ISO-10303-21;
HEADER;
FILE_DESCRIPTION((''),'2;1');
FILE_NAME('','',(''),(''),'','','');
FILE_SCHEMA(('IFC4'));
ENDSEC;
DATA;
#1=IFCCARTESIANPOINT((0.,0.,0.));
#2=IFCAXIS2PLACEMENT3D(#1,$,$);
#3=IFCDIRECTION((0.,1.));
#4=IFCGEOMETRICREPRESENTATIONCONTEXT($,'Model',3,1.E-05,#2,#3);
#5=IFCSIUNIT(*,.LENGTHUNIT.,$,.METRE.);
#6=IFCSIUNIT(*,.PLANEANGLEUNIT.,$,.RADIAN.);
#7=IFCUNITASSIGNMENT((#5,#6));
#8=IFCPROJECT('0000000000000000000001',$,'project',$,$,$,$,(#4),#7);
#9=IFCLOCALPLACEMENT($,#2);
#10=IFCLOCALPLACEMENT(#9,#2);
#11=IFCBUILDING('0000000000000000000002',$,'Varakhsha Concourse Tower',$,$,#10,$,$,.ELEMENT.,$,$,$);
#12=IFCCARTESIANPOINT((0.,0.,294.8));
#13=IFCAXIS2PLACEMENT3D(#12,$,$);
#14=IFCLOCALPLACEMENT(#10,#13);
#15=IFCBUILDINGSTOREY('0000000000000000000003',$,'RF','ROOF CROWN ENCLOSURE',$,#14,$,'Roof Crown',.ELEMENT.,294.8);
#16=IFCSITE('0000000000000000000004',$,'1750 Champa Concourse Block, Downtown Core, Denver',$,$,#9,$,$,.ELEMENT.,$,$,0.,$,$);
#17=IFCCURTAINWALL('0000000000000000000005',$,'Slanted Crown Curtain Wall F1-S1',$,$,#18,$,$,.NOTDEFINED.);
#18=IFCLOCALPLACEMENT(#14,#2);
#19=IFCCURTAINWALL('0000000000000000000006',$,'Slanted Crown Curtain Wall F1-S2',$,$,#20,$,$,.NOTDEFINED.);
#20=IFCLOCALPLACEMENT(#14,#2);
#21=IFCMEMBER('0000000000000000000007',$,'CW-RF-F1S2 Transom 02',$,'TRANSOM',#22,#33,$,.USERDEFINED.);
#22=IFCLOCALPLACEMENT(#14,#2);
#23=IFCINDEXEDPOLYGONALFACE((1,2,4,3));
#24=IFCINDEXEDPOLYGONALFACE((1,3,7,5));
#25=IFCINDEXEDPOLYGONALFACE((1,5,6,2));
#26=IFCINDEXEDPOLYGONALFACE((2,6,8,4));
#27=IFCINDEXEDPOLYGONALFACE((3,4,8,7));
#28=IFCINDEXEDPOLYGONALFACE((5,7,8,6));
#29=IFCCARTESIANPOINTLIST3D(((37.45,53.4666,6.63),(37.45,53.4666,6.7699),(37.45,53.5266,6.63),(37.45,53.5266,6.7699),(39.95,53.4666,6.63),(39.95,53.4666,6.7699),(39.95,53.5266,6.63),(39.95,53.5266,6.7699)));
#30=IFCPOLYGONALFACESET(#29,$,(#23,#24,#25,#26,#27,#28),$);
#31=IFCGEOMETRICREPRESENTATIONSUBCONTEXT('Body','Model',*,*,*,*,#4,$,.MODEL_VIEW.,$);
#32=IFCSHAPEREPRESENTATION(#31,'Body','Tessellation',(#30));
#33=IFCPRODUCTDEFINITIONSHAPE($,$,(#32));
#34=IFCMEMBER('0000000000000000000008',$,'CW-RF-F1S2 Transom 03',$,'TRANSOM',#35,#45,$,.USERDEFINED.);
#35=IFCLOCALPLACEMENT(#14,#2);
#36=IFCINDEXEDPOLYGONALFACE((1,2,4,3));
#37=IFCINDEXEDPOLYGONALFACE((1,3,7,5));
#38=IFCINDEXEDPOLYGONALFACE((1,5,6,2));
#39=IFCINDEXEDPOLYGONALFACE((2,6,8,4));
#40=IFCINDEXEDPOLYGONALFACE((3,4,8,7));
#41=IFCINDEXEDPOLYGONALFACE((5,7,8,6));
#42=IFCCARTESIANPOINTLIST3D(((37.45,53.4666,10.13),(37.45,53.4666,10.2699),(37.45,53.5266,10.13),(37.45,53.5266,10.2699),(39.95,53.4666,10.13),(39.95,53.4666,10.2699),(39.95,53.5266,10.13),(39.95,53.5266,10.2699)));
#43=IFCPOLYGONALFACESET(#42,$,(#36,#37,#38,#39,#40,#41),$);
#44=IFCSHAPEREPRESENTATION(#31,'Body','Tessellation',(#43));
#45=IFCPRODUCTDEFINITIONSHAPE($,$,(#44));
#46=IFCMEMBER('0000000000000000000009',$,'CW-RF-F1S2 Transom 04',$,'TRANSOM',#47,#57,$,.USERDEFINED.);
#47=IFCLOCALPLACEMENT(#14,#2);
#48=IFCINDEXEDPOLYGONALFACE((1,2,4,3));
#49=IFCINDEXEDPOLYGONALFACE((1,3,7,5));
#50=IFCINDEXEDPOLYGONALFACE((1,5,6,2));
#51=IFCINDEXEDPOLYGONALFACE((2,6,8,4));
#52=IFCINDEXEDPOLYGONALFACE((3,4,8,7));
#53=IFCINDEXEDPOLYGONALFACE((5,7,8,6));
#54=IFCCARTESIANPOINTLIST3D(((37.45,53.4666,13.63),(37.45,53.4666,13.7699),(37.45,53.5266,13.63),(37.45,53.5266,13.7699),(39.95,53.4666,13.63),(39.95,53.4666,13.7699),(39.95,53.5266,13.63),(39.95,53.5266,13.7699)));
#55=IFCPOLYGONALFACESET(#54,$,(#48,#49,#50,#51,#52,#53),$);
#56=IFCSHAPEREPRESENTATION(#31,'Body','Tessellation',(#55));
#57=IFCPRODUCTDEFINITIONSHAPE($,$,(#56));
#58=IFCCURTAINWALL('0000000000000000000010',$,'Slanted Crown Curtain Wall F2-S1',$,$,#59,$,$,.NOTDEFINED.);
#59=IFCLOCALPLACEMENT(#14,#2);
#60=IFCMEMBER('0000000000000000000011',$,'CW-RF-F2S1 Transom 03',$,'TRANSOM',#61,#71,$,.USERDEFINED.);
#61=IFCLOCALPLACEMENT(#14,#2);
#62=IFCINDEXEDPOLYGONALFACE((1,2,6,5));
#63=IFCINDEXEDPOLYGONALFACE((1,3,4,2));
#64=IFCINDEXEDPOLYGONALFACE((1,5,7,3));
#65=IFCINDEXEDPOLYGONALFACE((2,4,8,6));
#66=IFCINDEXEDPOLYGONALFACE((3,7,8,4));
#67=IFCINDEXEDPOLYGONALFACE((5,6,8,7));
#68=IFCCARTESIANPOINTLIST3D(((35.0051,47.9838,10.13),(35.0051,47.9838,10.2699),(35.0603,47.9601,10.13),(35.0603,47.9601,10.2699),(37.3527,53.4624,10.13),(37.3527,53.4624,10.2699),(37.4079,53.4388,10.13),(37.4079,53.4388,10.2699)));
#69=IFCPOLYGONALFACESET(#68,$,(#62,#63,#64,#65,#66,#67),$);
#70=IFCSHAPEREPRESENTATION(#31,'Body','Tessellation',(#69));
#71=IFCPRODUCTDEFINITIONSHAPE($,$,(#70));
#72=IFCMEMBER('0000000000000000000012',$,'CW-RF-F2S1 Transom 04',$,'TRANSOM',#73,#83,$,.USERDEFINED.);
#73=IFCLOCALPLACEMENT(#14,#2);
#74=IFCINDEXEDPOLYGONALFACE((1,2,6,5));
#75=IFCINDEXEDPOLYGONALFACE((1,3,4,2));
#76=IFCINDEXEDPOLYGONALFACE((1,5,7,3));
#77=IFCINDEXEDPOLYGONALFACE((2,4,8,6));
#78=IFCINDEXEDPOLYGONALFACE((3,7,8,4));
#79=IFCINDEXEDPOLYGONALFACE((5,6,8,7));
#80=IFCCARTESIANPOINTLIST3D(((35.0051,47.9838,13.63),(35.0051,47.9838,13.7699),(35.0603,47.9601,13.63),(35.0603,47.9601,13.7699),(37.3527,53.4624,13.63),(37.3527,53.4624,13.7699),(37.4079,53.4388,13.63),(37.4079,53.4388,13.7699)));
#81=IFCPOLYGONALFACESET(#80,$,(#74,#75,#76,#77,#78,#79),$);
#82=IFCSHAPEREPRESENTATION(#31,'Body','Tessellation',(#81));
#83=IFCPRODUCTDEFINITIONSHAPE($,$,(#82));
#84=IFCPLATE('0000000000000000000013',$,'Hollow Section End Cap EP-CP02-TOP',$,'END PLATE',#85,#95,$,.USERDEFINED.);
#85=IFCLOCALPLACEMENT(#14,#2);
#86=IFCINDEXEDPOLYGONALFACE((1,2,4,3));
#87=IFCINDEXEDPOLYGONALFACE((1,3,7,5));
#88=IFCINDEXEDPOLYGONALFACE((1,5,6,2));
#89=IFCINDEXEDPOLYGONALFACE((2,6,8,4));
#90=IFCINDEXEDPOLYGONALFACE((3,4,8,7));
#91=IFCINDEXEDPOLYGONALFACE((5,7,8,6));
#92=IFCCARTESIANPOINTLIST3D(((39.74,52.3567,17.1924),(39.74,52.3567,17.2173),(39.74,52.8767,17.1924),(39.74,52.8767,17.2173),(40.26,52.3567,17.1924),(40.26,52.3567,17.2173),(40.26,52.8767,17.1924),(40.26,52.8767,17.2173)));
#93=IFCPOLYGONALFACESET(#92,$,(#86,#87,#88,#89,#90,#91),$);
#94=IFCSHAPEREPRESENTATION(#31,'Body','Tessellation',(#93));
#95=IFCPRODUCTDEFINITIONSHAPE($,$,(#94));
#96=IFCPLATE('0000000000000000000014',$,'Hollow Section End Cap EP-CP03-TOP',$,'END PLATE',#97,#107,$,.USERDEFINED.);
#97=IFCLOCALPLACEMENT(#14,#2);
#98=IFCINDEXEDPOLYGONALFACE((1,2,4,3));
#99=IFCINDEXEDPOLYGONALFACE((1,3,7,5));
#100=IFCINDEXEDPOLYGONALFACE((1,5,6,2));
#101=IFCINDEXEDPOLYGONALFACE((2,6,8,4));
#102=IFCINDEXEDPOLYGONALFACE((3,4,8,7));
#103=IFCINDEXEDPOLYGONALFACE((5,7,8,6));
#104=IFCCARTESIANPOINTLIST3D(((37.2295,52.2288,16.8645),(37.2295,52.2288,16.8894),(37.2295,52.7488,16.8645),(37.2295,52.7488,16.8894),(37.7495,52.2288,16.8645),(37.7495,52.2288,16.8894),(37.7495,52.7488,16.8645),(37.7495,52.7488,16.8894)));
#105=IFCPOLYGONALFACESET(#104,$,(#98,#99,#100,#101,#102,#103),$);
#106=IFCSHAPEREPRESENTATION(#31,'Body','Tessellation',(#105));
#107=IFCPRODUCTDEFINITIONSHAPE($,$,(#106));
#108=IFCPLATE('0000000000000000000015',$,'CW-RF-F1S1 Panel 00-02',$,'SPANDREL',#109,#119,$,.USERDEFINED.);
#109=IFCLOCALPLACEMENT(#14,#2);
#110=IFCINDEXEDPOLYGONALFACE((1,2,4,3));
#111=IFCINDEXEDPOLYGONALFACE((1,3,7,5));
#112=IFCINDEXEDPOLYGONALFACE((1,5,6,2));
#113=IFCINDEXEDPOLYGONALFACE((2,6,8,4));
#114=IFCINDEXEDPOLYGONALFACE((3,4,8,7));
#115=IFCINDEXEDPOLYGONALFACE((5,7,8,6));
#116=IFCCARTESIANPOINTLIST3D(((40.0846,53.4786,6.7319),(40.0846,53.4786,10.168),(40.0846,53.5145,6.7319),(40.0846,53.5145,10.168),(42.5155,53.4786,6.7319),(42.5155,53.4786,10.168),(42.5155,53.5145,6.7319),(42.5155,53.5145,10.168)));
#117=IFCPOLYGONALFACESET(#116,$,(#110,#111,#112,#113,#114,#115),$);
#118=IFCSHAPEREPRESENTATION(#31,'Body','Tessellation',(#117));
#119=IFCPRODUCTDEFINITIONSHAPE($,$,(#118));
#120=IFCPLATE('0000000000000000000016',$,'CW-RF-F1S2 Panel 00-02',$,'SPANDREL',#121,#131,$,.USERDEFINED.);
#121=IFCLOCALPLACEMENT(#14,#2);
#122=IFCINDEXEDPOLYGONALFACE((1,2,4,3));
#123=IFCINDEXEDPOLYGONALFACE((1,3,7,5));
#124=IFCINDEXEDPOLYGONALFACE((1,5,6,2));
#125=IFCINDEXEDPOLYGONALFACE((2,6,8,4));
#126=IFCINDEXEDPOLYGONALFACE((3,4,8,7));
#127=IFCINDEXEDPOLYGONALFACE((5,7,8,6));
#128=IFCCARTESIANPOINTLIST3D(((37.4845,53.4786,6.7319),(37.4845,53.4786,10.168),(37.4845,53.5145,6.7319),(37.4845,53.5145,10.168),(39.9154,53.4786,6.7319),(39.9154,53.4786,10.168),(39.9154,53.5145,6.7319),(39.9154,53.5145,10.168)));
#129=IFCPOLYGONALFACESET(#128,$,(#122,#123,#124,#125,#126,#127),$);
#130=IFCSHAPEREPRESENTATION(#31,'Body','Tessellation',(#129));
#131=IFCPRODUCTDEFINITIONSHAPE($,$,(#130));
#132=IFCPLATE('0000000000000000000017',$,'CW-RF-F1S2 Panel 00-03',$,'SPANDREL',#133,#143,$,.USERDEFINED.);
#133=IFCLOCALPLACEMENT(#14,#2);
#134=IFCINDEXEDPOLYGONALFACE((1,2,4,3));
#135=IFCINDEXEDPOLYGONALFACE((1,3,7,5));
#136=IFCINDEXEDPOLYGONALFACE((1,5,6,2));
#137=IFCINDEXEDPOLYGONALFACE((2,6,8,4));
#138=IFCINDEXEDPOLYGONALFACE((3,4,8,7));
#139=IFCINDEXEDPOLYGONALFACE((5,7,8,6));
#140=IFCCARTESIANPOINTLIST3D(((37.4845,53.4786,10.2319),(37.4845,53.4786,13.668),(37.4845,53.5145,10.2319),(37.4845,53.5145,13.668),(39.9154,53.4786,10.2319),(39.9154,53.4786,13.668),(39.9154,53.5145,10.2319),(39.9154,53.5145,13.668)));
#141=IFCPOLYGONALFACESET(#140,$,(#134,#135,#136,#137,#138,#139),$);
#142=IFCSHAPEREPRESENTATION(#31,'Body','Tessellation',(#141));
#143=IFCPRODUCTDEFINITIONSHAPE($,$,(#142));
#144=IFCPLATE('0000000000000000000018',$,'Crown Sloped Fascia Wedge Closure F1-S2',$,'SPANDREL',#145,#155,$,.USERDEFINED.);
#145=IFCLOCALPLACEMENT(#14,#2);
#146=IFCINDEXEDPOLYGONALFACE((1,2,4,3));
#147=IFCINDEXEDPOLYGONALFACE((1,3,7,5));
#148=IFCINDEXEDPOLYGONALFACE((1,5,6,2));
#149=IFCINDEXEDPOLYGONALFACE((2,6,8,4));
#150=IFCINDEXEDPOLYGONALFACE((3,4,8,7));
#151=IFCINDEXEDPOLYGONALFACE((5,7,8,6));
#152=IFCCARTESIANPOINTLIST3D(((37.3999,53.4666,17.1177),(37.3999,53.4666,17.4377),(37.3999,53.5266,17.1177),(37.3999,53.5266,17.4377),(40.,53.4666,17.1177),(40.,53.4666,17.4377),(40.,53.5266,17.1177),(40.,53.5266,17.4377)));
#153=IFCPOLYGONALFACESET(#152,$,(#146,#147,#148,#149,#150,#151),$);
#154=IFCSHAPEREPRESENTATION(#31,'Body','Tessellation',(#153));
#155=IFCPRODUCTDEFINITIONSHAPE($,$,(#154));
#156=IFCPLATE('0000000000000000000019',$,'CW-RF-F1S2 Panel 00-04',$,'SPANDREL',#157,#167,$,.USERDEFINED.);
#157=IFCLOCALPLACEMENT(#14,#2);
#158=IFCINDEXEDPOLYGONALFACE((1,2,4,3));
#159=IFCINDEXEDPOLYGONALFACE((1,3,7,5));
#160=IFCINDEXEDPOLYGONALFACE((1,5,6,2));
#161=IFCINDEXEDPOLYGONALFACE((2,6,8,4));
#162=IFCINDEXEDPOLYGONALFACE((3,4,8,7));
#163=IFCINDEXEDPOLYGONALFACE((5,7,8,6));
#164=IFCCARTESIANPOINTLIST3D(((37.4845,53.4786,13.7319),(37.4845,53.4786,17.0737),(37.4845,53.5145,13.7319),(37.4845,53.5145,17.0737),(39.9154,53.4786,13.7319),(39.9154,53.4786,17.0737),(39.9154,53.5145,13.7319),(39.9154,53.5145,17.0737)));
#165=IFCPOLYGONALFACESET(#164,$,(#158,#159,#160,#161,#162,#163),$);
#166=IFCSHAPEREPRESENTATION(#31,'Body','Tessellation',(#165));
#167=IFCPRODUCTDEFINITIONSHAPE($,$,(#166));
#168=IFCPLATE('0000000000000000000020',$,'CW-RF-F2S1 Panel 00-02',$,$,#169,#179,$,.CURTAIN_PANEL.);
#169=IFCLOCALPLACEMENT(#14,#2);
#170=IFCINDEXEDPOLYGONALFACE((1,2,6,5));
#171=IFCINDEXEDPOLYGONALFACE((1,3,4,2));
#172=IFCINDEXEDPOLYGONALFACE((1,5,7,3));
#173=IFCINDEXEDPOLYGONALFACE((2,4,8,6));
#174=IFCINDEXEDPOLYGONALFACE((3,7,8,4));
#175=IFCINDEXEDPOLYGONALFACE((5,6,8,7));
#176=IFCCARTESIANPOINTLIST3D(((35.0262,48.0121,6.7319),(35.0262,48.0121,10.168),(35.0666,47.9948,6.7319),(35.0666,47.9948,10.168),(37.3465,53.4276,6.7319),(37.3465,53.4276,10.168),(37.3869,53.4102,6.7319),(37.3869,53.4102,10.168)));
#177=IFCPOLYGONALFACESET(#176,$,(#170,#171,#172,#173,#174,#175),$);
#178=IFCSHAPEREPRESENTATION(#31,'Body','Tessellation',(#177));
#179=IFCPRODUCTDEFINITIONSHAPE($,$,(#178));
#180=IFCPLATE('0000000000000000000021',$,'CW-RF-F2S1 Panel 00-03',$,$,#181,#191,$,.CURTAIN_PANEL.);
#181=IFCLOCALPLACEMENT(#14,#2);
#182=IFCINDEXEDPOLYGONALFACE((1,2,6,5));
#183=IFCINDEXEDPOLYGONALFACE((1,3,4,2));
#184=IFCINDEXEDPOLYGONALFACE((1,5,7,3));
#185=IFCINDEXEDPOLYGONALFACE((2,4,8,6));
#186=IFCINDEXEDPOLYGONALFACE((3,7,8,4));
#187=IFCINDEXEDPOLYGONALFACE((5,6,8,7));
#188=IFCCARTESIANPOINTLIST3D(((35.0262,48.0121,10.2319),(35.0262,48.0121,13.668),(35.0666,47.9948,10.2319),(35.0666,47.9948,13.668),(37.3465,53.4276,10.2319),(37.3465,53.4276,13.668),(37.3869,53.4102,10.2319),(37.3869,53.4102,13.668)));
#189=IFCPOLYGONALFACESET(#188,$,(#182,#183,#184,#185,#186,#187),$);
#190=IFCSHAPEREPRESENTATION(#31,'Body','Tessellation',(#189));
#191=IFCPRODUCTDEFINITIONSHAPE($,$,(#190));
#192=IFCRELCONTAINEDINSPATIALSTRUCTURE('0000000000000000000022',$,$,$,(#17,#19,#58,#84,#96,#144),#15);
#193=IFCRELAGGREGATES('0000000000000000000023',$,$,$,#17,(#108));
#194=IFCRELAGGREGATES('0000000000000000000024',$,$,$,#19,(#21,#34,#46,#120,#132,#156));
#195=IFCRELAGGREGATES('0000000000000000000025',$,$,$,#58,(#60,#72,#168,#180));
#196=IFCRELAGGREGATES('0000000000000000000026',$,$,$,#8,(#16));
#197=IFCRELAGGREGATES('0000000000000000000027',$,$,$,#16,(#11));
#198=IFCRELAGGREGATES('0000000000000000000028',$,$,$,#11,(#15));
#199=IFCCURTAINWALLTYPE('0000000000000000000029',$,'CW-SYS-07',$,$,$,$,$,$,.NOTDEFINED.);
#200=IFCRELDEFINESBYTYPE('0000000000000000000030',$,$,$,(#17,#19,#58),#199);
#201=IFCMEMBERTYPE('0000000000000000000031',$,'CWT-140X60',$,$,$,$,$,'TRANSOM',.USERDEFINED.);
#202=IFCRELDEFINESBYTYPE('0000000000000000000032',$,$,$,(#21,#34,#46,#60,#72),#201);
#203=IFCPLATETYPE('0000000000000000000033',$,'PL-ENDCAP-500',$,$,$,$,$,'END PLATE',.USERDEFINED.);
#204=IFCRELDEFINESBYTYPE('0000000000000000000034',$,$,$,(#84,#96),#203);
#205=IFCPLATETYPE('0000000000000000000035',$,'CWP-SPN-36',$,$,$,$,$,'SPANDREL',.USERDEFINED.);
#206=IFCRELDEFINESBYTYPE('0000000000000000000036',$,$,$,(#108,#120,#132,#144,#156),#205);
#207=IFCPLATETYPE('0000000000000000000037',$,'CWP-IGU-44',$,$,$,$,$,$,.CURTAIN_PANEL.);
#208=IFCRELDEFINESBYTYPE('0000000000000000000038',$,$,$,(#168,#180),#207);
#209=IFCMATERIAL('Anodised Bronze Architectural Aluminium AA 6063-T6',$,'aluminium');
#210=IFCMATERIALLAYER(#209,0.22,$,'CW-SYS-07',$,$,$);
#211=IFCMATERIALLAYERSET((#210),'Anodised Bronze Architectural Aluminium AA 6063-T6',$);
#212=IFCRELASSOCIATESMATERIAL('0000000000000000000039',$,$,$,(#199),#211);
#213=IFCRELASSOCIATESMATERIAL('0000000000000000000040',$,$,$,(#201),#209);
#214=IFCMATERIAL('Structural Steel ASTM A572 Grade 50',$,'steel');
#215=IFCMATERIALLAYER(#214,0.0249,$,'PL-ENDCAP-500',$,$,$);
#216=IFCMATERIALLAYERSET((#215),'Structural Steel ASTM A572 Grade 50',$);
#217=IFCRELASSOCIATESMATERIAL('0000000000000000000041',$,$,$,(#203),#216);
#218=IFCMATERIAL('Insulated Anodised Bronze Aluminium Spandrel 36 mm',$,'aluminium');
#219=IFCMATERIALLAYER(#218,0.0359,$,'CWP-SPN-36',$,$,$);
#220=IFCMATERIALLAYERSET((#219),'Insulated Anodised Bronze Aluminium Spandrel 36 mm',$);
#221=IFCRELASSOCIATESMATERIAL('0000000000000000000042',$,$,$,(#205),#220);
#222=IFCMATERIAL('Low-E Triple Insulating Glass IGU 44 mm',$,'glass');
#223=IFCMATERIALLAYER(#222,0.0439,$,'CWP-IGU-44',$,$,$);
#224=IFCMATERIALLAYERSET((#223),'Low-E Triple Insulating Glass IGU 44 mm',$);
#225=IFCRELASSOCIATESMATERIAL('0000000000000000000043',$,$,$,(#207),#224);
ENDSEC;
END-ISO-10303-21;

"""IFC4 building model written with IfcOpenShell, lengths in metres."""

from ifc_helpers import new_model, si_unit, direction, frame, origin, origin_2d, place, context, subcontext, project, spatial, rectangle, extrude, source, transform, mapped, material, layer, layer_set, material_profile, profile_set, type_object, type_shapes, element, aggregate, save


model = new_model("IFC4")

# Units and contexts
model_context = context("Model", 3, precision=1e-05, world=origin(), true_north=direction((0.0, 1.0)))
body_context = subcontext(model_context, "Body", "Model", "MODEL_VIEW")
ifc_project = project(units=[si_unit("LENGTHUNIT", "METRE"), si_unit("PLANEANGLEUNIT", "RADIAN")], contexts=[model_context])

# Site, building, storey
site_placement = place(None, origin())
site = spatial("IfcSite", under=ifc_project, at=site_placement, Name="1750 Champa Concourse Block, Downtown Core, Denver", CompositionType="ELEMENT", RefElevation=0.0)
building_placement = place(site_placement, origin())
building = spatial("IfcBuilding", under=site, at=building_placement, Name="Varakhsha Concourse Tower", CompositionType="ELEMENT")
storey_placement = place(building_placement, frame((0.0, 0.0, 294.8)))
storey = spatial("IfcBuildingStorey", under=building, at=storey_placement, Name="RF", Description="ROOF CROWN ENCLOSURE", LongName="Roof Crown", CompositionType="ELEMENT", Elevation=294.8)

# Curtain walls, members
ifc_material_1 = material(Name="Anodised Bronze Architectural Aluminium AA 6063-T6", Category="aluminium")
ifc_layer_1 = layer(ifc_material_1, 0.22, Name="CW-SYS-07")
ifc_layer_set_1 = layer_set([ifc_layer_1], Name="Anodised Bronze Architectural Aluminium AA 6063-T6")
curtain_wall_type = type_object("IfcCurtainWallType", Name="CW-SYS-07", PredefinedType="NOTDEFINED", material=ifc_layer_set_1)
curtain_wall_1_placement = place(storey_placement, origin())
curtain_wall_1 = element("IfcCurtainWall", 1, at=curtain_wall_1_placement, inside=storey, type_object=curtain_wall_type, Name="Slanted Crown Curtain Wall F1-S1", PredefinedType="NOTDEFINED")
ifc_material_profile_1 = material_profile(ifc_material_1, rectangle(XDim=0.0601, YDim=0.1399, at=origin_2d()), Name="CWT-140X60")
ifc_profile_set_1 = profile_set([ifc_material_profile_1], Name="Anodised Bronze Architectural Aluminium AA 6063-T6")
member_type_1 = type_object("IfcMemberType", Name="CWT-140X60", ElementType="TRANSOM", PredefinedType="USERDEFINED", material=ifc_profile_set_1)
shared_shape_1 = source(origin(), body_context, "Body", "SweptSolid", [
    extrude(rectangle(XDim=0.0601, YDim=0.1399, at=origin_2d()), origin(), (0.0, 0.0, 1.0), 2.5),
])
curtain_wall_2_placement = place(storey_placement, origin())
curtain_wall_2 = element("IfcCurtainWall", 2, at=curtain_wall_2_placement, inside=storey, type_object=curtain_wall_type, Name="Slanted Crown Curtain Wall F1-S2", PredefinedType="NOTDEFINED")
member_1_placement = place(storey_placement, frame((37.45, 53.4966, 6.7), z_axis=(1.0, 0.0, 0.0), x_axis=(0.0, 1.0, 0.0)))
member_1 = element("IfcMember", 3, at=member_1_placement, type_object=member_type_1, Name="CW-RF-F1S2 Transom 02", ObjectType="TRANSOM", PredefinedType="USERDEFINED", context=body_context, shape_type="MappedRepresentation", body=[
    mapped(shared_shape_1, transform((0.0, 0.0, 0.0), scale=1.0)),
])
member_2_placement = place(storey_placement, frame((37.45, 53.4966, 10.2), z_axis=(1.0, 0.0, 0.0), x_axis=(0.0, 1.0, 0.0)))
member_2 = element("IfcMember", 4, at=member_2_placement, type_object=member_type_1, Name="CW-RF-F1S2 Transom 03", ObjectType="TRANSOM", PredefinedType="USERDEFINED", context=body_context, shape_type="MappedRepresentation", body=[
    mapped(shared_shape_1, transform((0.0, 0.0, 0.0), scale=1.0)),
])
member_3_placement = place(storey_placement, frame((37.45, 53.4966, 13.7), z_axis=(1.0, 0.0, 0.0), x_axis=(0.0, 1.0, 0.0)))
member_3 = element("IfcMember", 5, at=member_3_placement, type_object=member_type_1, Name="CW-RF-F1S2 Transom 04", ObjectType="TRANSOM", PredefinedType="USERDEFINED", context=body_context, shape_type="MappedRepresentation", body=[
    mapped(shared_shape_1, transform((0.0, 0.0, 0.0), scale=1.0)),
])
curtain_wall_3_placement = place(storey_placement, origin())
curtain_wall_3 = element("IfcCurtainWall", 6, at=curtain_wall_3_placement, inside=storey, type_object=curtain_wall_type, Name="Slanted Crown Curtain Wall F2-S1", PredefinedType="NOTDEFINED")
shared_shape_2 = source(origin(), body_context, "Body", "SweptSolid", [
    extrude(rectangle(XDim=0.0601, YDim=0.1399, at=origin_2d()), origin(), (0.0, 0.0, 1.0), 5.9604),
])
type_shapes(member_type_1, [shared_shape_1, shared_shape_2])
member_4_placement = place(storey_placement, frame((35.0327, 47.9719, 10.2), z_axis=(0.393865, 0.919168, 0.0), x_axis=(-0.919168, 0.393865, 0.0)))
member_4 = element("IfcMember", 7, at=member_4_placement, type_object=member_type_1, Name="CW-RF-F2S1 Transom 03", ObjectType="TRANSOM", PredefinedType="USERDEFINED", context=body_context, shape_type="MappedRepresentation", body=[
    mapped(shared_shape_2, transform((0.0, 0.0, 0.0), scale=1.0)),
])
member_5_placement = place(storey_placement, frame((35.0327, 47.9719, 13.7), z_axis=(0.393865, 0.919168, 0.0), x_axis=(-0.919168, 0.393865, 0.0)))
member_5 = element("IfcMember", 8, at=member_5_placement, type_object=member_type_1, Name="CW-RF-F2S1 Transom 04", ObjectType="TRANSOM", PredefinedType="USERDEFINED", context=body_context, shape_type="MappedRepresentation", body=[
    mapped(shared_shape_2, transform((0.0, 0.0, 0.0), scale=1.0)),
])

# Plates
ifc_material_2 = material(Name="Structural Steel ASTM A572 Grade 50", Category="steel")
ifc_layer_2 = layer(ifc_material_2, 0.0249, Name="PL-ENDCAP-500")
ifc_layer_set_2 = layer_set([ifc_layer_2], Name="Structural Steel ASTM A572 Grade 50")
plate_type_1 = type_object("IfcPlateType", Name="PL-ENDCAP-500", ElementType="END PLATE", PredefinedType="USERDEFINED", material=ifc_layer_set_2)
shared_shape_3 = source(origin(), body_context, "Body", "SweptSolid", [
    extrude(rectangle(XDim=0.52, YDim=0.52, at=origin_2d()), origin(), (0.0, 0.0, 1.0), 0.0249),
])
type_shapes(plate_type_1, [shared_shape_3])
for number, where, z_axis, x_axis, name in (
    (9, (40.0, 52.6167, 17.1924), (0.0, 0.0, 1.0), (1.0, 0.0, 0.0), "Hollow Section End Cap EP-CP02-TOP"),
    (10, (37.4895, 52.4888, 16.8645), (0.0, 0.0, 1.0), (1.0, 0.0, 0.0), "Hollow Section End Cap EP-CP03-TOP"),
):
    element("IfcPlate", number, at=place(storey_placement, frame(where, z_axis=z_axis, x_axis=x_axis)), inside=storey, type_object=plate_type_1, Name=name, ObjectType="END PLATE", PredefinedType="USERDEFINED", context=body_context, shape_type="MappedRepresentation", body=[
        mapped(shared_shape_3, transform((0.0, 0.0, 0.0), scale=1.0)),
    ])

# Plates
ifc_material_3 = material(Name="Insulated Anodised Bronze Aluminium Spandrel 36 mm", Category="aluminium")
ifc_layer_3 = layer(ifc_material_3, 0.0359, Name="CWP-SPN-36")
ifc_layer_set_3 = layer_set([ifc_layer_3], Name="Insulated Anodised Bronze Aluminium Spandrel 36 mm")
plate_type_2 = type_object("IfcPlateType", Name="CWP-SPN-36", ElementType="SPANDREL", PredefinedType="USERDEFINED", material=ifc_layer_set_3)
shared_shape_4 = source(origin(), body_context, "Body", "SweptSolid", [
    extrude(rectangle(XDim=2.4309, YDim=0.0359, at=origin_2d()), origin(), (0.0, 0.0, 1.0), 3.436),
])
plate_1_placement = place(storey_placement, frame((41.3, 53.4966, 6.7319), z_axis=(0.0, 0.0, 1.0), x_axis=(1.0, 0.0, 0.0)))
plate_1 = element("IfcPlate", 11, at=plate_1_placement, type_object=plate_type_2, Name="CW-RF-F1S1 Panel 00-02", ObjectType="SPANDREL", PredefinedType="USERDEFINED", context=body_context, shape_type="MappedRepresentation", body=[
    mapped(shared_shape_4, transform((0.0, 0.0, 0.0), scale=1.0)),
])
aggregate(curtain_wall_1, [plate_1])
plate_2_placement = place(storey_placement, frame((38.7, 53.4966, 6.7319), z_axis=(0.0, 0.0, 1.0), x_axis=(1.0, 0.0, 0.0)))
plate_2 = element("IfcPlate", 12, at=plate_2_placement, type_object=plate_type_2, Name="CW-RF-F1S2 Panel 00-02", ObjectType="SPANDREL", PredefinedType="USERDEFINED", context=body_context, shape_type="MappedRepresentation", body=[
    mapped(shared_shape_4, transform((0.0, 0.0, 0.0), scale=1.0)),
])
plate_3_placement = place(storey_placement, frame((38.7, 53.4966, 10.2319), z_axis=(0.0, 0.0, 1.0), x_axis=(1.0, 0.0, 0.0)))
plate_3 = element("IfcPlate", 13, at=plate_3_placement, type_object=plate_type_2, Name="CW-RF-F1S2 Panel 00-03", ObjectType="SPANDREL", PredefinedType="USERDEFINED", context=body_context, shape_type="MappedRepresentation", body=[
    mapped(shared_shape_4, transform((0.0, 0.0, 0.0), scale=1.0)),
])
shared_shape_5 = source(origin(), body_context, "Body", "SweptSolid", [
    extrude(rectangle(XDim=2.6001, YDim=0.0601, at=origin_2d()), origin(), (0.0, 0.0, 1.0), 0.3201),
])
plate_4_placement = place(storey_placement, frame((38.7, 53.4966, 17.1177), z_axis=(0.0, 0.0, 1.0), x_axis=(1.0, 0.0, 0.0)))
element("IfcPlate", 14, at=plate_4_placement, inside=storey, type_object=plate_type_2, Name="Crown Sloped Fascia Wedge Closure F1-S2", ObjectType="SPANDREL", PredefinedType="USERDEFINED", context=body_context, shape_type="MappedRepresentation", body=[
    mapped(shared_shape_5, transform((0.0, 0.0, 0.0), scale=1.0)),
])
shared_shape_6 = source(origin(), body_context, "Body", "SweptSolid", [
    extrude(rectangle(XDim=2.4309, YDim=0.0359, at=origin_2d()), origin(), (0.0, 0.0, 1.0), 3.3418),
])
plate_5_placement = place(storey_placement, frame((38.7, 53.4966, 13.7319), z_axis=(0.0, 0.0, 1.0), x_axis=(1.0, 0.0, 0.0)))
plate_5 = element("IfcPlate", 15, at=plate_5_placement, type_object=plate_type_2, Name="CW-RF-F1S2 Panel 00-04", ObjectType="SPANDREL", PredefinedType="USERDEFINED", context=body_context, shape_type="MappedRepresentation", body=[
    mapped(shared_shape_6, transform((0.0, 0.0, 0.0), scale=1.0)),
])
aggregate(curtain_wall_2, [member_1, member_2, member_3, plate_2, plate_3, plate_5])
ifc_material_4 = material(Name="Low-E Triple Insulating Glass IGU 44 mm", Category="glass")
ifc_layer_4 = layer(ifc_material_4, 0.0439, Name="CWP-IGU-44")
ifc_layer_set_4 = layer_set([ifc_layer_4], Name="Low-E Triple Insulating Glass IGU 44 mm")
plate_type_3 = type_object("IfcPlateType", Name="CWP-IGU-44", PredefinedType="CURTAIN_PANEL", material=ifc_layer_set_4)
shared_shape_7 = source(origin(), body_context, "Body", "SweptSolid", [
    extrude(rectangle(XDim=5.8916, YDim=0.0439, at=origin_2d()), origin(), (0.0, 0.0, 1.0), 3.436),
])
type_shapes(plate_type_3, [shared_shape_7])
plate_6_placement = place(storey_placement, frame((36.2065, 50.7112, 6.7319), z_axis=(0.0, 0.0, 1.0), x_axis=(0.393841, 0.919179, 0.0)))
plate_6 = element("IfcPlate", 16, at=plate_6_placement, type_object=plate_type_3, Name="CW-RF-F2S1 Panel 00-02", PredefinedType="CURTAIN_PANEL", context=body_context, shape_type="MappedRepresentation", body=[
    mapped(shared_shape_7, transform((0.0, 0.0, 0.0), scale=1.0)),
])
plate_7_placement = place(storey_placement, frame((36.2065, 50.7112, 10.2319), z_axis=(0.0, 0.0, 1.0), x_axis=(0.393841, 0.919179, 0.0)))
plate_7 = element("IfcPlate", 17, at=plate_7_placement, type_object=plate_type_3, Name="CW-RF-F2S1 Panel 00-03", PredefinedType="CURTAIN_PANEL", context=body_context, shape_type="MappedRepresentation", body=[
    mapped(shared_shape_7, transform((0.0, 0.0, 0.0), scale=1.0)),
])
aggregate(curtain_wall_3, [member_4, member_5, plate_6, plate_7])

save(model, "model.ifc")
